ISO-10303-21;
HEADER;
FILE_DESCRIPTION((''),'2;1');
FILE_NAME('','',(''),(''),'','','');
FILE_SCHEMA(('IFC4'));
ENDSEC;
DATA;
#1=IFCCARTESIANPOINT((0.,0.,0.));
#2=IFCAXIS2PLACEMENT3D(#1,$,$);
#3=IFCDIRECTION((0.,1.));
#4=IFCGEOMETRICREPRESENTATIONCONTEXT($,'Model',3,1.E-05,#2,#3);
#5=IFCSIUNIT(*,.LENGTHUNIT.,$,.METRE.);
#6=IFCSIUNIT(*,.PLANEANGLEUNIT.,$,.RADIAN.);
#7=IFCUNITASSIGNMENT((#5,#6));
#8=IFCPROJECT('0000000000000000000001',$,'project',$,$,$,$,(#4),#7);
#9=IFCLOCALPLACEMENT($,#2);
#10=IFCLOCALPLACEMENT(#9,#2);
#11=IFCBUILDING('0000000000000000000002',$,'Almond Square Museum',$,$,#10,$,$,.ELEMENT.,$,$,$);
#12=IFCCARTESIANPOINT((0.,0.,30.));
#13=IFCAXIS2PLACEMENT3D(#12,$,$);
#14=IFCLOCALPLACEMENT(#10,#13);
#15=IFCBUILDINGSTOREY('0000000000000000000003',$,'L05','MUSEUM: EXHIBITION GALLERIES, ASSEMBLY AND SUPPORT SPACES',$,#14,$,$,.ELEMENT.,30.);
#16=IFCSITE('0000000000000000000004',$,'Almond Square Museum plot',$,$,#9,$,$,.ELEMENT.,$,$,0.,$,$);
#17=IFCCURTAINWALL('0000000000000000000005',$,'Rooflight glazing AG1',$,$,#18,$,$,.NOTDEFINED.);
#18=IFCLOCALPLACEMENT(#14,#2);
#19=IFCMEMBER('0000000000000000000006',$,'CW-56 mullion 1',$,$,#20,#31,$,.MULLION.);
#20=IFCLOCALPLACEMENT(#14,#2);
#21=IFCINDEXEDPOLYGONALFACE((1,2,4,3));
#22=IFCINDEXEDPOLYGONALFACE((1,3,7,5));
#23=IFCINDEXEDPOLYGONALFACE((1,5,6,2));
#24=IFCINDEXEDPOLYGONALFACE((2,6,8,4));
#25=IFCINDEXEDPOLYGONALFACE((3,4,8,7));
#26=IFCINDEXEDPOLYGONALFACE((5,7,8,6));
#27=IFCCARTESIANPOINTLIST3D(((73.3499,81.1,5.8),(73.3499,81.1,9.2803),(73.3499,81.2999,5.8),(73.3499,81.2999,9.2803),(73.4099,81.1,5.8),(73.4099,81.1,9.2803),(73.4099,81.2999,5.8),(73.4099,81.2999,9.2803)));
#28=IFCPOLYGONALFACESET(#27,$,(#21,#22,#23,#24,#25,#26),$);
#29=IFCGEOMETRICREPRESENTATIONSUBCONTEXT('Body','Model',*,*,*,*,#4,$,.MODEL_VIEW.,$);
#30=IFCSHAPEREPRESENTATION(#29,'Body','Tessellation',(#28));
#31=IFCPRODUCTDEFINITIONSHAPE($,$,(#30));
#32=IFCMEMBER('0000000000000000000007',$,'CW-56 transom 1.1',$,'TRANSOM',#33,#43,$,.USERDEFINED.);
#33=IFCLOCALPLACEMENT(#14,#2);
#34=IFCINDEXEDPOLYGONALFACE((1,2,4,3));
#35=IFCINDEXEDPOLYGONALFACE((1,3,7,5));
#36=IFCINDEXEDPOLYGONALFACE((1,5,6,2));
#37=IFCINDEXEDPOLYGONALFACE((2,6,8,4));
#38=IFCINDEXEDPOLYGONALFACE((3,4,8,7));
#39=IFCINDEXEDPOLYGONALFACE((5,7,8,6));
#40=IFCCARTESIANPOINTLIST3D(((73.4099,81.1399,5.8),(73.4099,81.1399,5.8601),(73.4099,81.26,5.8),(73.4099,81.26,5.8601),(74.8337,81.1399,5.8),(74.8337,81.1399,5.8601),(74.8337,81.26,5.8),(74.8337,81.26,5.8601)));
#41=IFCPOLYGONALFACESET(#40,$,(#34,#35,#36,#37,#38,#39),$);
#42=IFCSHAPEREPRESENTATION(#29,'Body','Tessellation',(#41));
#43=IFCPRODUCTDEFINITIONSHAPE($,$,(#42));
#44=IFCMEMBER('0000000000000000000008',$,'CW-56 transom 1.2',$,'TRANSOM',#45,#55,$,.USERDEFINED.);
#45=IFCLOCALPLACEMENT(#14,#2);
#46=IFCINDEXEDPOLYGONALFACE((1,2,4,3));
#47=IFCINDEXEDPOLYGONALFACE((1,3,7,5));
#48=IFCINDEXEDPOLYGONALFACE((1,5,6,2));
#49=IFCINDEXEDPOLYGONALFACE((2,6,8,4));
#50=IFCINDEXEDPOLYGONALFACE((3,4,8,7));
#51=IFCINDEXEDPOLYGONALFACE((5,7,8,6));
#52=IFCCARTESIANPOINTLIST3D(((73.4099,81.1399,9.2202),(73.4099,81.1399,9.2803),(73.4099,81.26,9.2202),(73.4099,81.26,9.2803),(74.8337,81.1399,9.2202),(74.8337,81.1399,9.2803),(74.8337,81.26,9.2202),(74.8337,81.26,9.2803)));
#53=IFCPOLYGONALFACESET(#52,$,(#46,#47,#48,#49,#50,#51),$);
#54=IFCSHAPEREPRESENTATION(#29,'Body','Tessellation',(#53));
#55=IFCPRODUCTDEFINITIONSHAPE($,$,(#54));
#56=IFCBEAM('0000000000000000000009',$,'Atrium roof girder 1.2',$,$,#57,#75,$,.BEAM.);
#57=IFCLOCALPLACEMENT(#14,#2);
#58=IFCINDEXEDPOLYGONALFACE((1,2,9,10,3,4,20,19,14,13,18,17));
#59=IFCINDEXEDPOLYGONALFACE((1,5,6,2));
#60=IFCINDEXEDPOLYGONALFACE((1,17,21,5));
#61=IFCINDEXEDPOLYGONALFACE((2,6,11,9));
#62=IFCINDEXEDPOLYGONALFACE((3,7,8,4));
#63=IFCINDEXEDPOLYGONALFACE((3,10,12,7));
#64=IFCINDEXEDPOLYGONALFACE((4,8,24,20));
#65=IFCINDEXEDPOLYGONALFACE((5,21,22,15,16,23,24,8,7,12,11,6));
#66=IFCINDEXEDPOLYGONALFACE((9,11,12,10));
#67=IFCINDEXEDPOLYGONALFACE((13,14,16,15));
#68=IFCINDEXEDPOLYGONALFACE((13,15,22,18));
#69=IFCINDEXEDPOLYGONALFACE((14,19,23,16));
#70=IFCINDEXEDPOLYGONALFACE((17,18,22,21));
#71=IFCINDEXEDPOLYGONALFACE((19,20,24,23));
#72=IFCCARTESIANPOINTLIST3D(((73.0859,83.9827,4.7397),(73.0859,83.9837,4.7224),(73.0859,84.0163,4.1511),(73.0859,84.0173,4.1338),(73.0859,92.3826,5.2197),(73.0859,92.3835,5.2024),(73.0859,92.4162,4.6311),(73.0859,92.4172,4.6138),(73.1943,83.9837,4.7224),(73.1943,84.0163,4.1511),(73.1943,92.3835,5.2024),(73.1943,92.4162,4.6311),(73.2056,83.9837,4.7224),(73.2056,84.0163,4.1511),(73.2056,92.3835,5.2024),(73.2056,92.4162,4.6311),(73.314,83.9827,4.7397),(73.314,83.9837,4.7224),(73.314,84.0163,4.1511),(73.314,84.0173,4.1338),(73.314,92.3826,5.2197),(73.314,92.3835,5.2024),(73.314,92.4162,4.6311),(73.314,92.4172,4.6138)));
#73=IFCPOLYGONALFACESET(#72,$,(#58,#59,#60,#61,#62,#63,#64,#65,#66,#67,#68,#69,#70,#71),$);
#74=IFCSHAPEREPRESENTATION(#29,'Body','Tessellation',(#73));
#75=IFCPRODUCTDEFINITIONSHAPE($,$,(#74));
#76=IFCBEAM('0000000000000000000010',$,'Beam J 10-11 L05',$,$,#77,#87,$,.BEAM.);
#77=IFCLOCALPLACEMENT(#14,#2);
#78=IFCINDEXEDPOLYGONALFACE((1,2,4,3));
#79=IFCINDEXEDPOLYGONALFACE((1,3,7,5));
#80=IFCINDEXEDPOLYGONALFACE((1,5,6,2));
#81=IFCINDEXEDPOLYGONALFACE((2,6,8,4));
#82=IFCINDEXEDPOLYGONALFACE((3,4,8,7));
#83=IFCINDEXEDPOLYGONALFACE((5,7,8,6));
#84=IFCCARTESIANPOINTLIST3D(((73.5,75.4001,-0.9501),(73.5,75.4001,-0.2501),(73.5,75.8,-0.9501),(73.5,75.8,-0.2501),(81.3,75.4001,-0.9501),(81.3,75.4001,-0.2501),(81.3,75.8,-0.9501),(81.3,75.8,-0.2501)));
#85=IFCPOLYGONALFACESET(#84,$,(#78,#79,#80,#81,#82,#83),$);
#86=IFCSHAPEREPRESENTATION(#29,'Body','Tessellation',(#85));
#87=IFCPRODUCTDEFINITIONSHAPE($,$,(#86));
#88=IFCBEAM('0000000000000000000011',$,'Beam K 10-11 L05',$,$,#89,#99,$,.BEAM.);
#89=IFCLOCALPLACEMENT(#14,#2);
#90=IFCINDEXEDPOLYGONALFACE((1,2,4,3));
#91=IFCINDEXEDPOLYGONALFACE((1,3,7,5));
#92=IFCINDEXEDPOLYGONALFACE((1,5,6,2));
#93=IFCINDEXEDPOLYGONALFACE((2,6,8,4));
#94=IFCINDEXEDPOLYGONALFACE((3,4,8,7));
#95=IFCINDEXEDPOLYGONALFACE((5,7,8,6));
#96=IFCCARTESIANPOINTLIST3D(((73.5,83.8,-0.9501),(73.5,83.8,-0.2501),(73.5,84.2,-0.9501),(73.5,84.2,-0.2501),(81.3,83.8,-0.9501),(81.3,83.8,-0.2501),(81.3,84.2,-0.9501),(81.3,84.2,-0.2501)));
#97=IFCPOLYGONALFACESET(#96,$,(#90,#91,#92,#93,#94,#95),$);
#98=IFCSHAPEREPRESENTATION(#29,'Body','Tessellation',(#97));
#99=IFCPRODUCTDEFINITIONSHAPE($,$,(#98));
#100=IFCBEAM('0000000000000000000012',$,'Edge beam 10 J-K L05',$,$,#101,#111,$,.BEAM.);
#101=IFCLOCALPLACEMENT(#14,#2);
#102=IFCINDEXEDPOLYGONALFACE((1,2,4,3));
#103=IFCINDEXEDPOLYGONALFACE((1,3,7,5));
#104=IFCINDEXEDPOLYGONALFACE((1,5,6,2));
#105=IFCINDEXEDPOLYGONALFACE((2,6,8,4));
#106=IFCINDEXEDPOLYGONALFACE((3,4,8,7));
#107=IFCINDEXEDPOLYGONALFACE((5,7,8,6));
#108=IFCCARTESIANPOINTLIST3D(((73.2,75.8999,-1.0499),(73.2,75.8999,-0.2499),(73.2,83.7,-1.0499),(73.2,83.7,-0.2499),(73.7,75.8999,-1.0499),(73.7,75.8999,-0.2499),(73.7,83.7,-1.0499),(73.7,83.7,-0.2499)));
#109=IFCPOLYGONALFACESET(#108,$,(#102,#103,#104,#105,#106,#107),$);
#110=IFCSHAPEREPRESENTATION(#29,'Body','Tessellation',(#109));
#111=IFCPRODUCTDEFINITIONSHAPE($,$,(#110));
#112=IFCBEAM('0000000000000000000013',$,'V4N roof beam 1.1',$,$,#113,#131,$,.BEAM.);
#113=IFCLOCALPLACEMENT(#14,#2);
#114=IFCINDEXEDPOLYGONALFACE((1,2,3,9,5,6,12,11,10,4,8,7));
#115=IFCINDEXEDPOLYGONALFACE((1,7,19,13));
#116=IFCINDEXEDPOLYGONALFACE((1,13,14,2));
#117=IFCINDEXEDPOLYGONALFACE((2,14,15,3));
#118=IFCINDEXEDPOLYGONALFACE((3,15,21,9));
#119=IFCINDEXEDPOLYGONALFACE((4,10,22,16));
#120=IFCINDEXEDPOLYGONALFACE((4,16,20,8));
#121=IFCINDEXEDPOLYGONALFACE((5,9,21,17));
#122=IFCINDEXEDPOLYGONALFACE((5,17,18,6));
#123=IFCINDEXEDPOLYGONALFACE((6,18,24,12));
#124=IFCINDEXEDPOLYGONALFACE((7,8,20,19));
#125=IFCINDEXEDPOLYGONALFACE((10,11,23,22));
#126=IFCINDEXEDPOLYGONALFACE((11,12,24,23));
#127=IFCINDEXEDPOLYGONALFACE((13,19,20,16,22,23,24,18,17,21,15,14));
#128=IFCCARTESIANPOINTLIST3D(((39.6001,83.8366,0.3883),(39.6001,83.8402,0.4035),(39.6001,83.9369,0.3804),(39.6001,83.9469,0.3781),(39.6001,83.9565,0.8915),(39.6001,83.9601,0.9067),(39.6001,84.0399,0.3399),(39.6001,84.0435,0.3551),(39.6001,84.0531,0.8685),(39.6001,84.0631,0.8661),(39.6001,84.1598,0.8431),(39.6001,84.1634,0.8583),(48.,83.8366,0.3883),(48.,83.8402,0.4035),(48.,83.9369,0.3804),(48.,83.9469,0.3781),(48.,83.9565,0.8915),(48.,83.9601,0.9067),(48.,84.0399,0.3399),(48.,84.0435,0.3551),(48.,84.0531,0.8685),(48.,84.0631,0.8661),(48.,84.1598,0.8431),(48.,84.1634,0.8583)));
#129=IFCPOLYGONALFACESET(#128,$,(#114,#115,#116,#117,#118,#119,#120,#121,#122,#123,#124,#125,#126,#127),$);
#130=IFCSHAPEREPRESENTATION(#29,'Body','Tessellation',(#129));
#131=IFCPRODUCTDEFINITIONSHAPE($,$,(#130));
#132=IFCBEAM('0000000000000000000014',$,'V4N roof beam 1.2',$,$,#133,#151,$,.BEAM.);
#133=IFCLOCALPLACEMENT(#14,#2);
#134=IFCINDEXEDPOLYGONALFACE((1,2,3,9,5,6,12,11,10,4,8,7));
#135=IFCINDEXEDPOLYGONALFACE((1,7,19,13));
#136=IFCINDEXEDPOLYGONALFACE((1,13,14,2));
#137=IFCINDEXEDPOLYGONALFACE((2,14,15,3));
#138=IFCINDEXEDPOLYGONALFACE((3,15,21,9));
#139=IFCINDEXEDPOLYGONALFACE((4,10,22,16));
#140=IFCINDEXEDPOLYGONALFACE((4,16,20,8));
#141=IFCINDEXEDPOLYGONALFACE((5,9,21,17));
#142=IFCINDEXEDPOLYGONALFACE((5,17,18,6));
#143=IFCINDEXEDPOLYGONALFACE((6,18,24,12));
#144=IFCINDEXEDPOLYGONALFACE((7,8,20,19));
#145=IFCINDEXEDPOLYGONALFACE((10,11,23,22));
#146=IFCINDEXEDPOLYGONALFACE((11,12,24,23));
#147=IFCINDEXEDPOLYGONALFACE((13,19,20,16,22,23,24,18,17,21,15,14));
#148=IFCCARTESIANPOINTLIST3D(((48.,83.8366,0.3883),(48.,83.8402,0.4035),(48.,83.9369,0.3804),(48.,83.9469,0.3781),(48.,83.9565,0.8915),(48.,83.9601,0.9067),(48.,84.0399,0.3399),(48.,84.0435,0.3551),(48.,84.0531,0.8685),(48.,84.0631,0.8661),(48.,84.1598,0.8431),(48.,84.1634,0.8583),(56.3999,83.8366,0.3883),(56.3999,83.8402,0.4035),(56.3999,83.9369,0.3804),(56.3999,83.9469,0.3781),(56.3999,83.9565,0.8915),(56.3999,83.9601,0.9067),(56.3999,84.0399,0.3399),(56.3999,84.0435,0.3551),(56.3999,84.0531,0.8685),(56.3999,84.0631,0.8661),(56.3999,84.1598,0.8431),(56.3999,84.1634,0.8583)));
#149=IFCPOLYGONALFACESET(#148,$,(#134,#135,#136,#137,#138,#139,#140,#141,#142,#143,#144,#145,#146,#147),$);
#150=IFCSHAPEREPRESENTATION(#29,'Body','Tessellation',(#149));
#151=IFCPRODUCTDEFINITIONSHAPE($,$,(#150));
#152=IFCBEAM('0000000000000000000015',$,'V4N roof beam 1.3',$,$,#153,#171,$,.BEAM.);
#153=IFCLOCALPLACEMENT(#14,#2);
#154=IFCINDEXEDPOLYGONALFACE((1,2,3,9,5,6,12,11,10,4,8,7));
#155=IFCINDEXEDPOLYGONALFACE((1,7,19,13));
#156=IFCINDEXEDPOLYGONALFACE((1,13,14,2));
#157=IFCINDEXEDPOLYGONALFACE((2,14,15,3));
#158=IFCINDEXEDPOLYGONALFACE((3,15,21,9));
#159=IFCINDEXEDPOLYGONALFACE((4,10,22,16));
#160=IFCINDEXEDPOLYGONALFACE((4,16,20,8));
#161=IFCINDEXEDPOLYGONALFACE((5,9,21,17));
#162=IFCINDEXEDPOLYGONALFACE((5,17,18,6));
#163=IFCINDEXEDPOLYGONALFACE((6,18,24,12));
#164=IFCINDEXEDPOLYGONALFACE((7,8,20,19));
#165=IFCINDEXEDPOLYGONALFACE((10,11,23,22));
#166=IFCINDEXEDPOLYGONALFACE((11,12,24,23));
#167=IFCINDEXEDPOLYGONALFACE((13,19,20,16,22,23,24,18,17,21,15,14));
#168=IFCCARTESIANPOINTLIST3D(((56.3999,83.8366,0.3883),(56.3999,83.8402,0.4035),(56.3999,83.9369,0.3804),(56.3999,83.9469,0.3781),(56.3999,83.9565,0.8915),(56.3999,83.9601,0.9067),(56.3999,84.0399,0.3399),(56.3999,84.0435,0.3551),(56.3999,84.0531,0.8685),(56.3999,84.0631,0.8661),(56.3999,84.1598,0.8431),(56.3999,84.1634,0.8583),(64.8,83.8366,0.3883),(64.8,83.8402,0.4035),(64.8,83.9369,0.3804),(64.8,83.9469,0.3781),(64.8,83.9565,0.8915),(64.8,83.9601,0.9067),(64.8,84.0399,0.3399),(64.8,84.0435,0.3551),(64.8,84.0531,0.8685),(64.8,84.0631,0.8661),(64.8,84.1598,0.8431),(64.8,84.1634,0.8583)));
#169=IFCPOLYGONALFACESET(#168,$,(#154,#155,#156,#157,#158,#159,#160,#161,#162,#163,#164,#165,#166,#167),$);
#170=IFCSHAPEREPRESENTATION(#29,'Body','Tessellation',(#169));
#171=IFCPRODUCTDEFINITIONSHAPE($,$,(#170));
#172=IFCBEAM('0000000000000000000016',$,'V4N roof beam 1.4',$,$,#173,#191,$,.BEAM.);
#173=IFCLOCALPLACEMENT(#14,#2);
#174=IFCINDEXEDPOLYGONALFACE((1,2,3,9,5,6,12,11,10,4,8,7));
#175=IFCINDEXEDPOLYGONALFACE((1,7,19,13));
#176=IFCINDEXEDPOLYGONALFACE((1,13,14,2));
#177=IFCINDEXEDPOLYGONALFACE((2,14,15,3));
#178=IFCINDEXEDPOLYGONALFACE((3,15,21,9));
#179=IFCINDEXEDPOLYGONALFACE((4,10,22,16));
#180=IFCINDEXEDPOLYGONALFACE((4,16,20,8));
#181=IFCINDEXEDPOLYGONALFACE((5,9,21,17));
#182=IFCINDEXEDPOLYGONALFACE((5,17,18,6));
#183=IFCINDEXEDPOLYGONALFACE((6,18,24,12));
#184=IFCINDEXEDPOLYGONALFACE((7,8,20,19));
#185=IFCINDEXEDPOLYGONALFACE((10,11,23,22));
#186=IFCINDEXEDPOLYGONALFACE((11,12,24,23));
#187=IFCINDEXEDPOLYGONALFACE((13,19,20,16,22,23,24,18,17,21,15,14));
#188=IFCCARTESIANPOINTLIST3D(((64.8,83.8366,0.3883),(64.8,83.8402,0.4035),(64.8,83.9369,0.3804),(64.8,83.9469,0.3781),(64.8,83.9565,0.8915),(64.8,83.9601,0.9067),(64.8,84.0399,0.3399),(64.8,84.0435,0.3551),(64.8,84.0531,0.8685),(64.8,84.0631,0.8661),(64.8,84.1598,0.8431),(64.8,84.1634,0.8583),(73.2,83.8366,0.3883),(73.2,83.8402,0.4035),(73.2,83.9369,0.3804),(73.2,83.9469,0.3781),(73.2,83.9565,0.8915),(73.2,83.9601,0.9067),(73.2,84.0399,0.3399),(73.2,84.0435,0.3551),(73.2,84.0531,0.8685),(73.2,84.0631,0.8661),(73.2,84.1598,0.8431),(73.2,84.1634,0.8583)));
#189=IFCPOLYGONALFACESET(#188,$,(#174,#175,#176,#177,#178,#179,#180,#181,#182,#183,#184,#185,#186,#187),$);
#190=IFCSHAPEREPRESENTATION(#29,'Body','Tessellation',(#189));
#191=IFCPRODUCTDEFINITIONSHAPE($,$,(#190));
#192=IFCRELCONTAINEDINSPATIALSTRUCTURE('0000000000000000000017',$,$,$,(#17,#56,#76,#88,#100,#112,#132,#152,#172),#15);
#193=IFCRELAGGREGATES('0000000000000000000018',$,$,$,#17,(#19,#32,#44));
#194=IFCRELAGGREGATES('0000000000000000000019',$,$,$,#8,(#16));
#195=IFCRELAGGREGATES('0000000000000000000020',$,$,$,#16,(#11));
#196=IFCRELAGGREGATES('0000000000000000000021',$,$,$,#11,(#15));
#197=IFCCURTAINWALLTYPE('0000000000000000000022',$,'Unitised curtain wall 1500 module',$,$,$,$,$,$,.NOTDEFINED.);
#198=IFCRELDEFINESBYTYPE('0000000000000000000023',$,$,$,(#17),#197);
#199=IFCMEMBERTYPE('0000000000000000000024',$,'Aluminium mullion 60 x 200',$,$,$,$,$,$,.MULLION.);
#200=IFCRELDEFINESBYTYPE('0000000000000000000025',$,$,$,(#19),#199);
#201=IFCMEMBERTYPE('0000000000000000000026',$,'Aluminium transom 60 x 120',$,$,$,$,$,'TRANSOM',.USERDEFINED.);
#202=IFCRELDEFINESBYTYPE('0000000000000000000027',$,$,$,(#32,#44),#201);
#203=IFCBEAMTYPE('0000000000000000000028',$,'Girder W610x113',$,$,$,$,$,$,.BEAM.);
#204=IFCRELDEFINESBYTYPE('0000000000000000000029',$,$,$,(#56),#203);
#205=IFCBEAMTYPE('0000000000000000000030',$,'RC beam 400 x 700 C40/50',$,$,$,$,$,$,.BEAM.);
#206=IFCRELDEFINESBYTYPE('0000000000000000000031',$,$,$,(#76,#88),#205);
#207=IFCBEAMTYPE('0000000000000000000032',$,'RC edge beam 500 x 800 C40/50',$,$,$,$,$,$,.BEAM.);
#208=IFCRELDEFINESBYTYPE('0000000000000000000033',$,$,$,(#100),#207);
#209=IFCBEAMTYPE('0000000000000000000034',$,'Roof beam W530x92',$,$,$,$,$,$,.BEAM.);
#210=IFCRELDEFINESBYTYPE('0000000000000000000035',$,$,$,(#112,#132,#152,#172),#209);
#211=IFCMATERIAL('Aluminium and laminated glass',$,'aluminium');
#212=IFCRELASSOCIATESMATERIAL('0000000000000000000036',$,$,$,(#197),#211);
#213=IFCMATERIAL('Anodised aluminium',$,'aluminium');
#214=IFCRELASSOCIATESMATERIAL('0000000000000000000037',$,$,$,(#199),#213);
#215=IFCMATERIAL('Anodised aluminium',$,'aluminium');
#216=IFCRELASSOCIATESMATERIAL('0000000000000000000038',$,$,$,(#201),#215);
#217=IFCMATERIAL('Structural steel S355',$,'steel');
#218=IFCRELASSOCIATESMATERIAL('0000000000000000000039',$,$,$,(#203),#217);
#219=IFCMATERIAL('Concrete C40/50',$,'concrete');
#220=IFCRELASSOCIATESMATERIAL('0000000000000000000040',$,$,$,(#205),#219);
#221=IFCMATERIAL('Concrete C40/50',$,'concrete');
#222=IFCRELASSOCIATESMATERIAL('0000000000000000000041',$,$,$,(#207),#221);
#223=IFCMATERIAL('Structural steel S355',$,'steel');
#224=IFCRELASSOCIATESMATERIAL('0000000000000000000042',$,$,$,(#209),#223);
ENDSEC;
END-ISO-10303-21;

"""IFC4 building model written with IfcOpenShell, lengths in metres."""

from ifc_helpers import new_model, si_unit, direction, frame, origin, origin_2d, place, context, subcontext, project, spatial, rectangle, i_section, extrude, material, material_profile, profile_set, type_object, element, aggregate, save


model = new_model("IFC4")

# Units and contexts
model_context = context("Model", 3, precision=1e-05, world=origin(), true_north=direction((0.0, 1.0)))
body_context = subcontext(model_context, "Body", "Model", "MODEL_VIEW")
ifc_project = project(units=[si_unit("LENGTHUNIT", "METRE"), si_unit("PLANEANGLEUNIT", "RADIAN")], contexts=[model_context])

# Site, building, storey
site_placement = place(None, origin())
site = spatial("IfcSite", under=ifc_project, at=site_placement, Name="Almond Square Museum plot", CompositionType="ELEMENT", RefElevation=0.0)
building_placement = place(site_placement, origin())
building = spatial("IfcBuilding", under=site, at=building_placement, Name="Almond Square Museum", CompositionType="ELEMENT")
storey_placement = place(building_placement, frame((0.0, 0.0, 30.0)))
storey = spatial("IfcBuildingStorey", under=building, at=storey_placement, Name="L05", Description="MUSEUM: EXHIBITION GALLERIES, ASSEMBLY AND SUPPORT SPACES", CompositionType="ELEMENT", Elevation=30.0)

# Curtain wall, members
ifc_material_1 = material(Name="Aluminium and laminated glass", Category="aluminium")
curtain_wall_type = type_object("IfcCurtainWallType", Name="Unitised curtain wall 1500 module", PredefinedType="NOTDEFINED", material=ifc_material_1)
curtain_wall_placement = place(storey_placement, origin())
curtain_wall = element("IfcCurtainWall", 1, at=curtain_wall_placement, inside=storey, type_object=curtain_wall_type, Name="Rooflight glazing AG1", PredefinedType="NOTDEFINED")
ifc_material_2 = material(Name="Anodised aluminium", Category="aluminium")
ifc_material_profile_1 = material_profile(ifc_material_2, rectangle(XDim=0.2, YDim=0.0601, at=origin_2d()))
ifc_profile_set_1 = profile_set([ifc_material_profile_1], Name="Anodised aluminium")
member_type_1 = type_object("IfcMemberType", Name="Aluminium mullion 60 x 200", PredefinedType="MULLION", material=ifc_profile_set_1)
member_1_placement = place(storey_placement, frame((73.3799, 81.2, 5.8), z_axis=(0.0, 0.0, 1.0), x_axis=(0.0, 1.0, 0.0)))
member_1 = element("IfcMember", 2, at=member_1_placement, type_object=member_type_1, Name="CW-56 mullion 1", PredefinedType="MULLION", context=body_context, shape_type="SweptSolid", body=[
    extrude(rectangle(XDim=0.2, YDim=0.0601, at=origin_2d()), origin(), (0.0, 0.0, 1.0), 3.4802),
])
ifc_material_3 = material(Name="Anodised aluminium", Category="aluminium")
ifc_material_profile_2 = material_profile(ifc_material_3, rectangle(XDim=0.1201, YDim=0.0601, at=origin_2d()))
ifc_profile_set_2 = profile_set([ifc_material_profile_2], Name="Anodised aluminium")
member_type_2 = type_object("IfcMemberType", Name="Aluminium transom 60 x 120", ElementType="TRANSOM", PredefinedType="USERDEFINED", material=ifc_profile_set_2)
member_2_placement = place(storey_placement, frame((73.4099, 81.2, 5.8301), z_axis=(1.0, 0.0, 0.0), x_axis=(0.0, 1.0, 0.0)))
member_2 = element("IfcMember", 3, at=member_2_placement, type_object=member_type_2, Name="CW-56 transom 1.1", ObjectType="TRANSOM", PredefinedType="USERDEFINED", context=body_context, shape_type="SweptSolid", body=[
    extrude(rectangle(XDim=0.1201, YDim=0.0601, at=origin_2d()), origin(), (0.0, 0.0, 1.0), 1.4238),
])
member_3_placement = place(storey_placement, frame((73.4099, 81.2, 9.2502), z_axis=(1.0, 0.0, 0.0), x_axis=(0.0, 1.0, 0.0)))
member_3 = element("IfcMember", 4, at=member_3_placement, type_object=member_type_2, Name="CW-56 transom 1.2", ObjectType="TRANSOM", PredefinedType="USERDEFINED", context=body_context, shape_type="SweptSolid", body=[
    extrude(rectangle(XDim=0.1201, YDim=0.0601, at=origin_2d()), origin(), (0.0, 0.0, 1.0), 1.4238),
])
aggregate(curtain_wall, [member_1, member_2, member_3])

# Beams
ifc_material_4 = material(Name="Structural steel S355", Category="steel")
ifc_material_profile_3 = material_profile(ifc_material_4, i_section(OverallWidth=0.228, OverallDepth=0.6069, WebThickness=0.0112, FlangeThickness=0.0173, at=origin_2d()))
ifc_profile_set_3 = profile_set([ifc_material_profile_3], Name="Structural steel S355")
beam_type_1 = type_object("IfcBeamType", Name="Girder W610x113", PredefinedType="BEAM", material=ifc_profile_set_3)
beam_1_placement = place(storey_placement, frame((73.2, 84.0, 4.4368), z_axis=(0.0, 0.998371, 0.057048), x_axis=(-1.0, 0.0, 0.0)))
element("IfcBeam", 5, at=beam_1_placement, inside=storey, type_object=beam_type_1, Name="Atrium roof girder 1.2", PredefinedType="BEAM", context=body_context, shape_type="SweptSolid", body=[
    extrude(i_section(OverallWidth=0.228, OverallDepth=0.6069, WebThickness=0.0112, FlangeThickness=0.0173, at=origin_2d()), origin(), (0.0, 0.0, 1.0), 8.4136),
])
ifc_material_5 = material(Name="Concrete C40/50", Category="concrete")
ifc_material_profile_4 = material_profile(ifc_material_5, rectangle(XDim=0.3999, YDim=0.7, at=origin_2d()))
ifc_profile_set_4 = profile_set([ifc_material_profile_4], Name="Concrete C40/50")
beam_type_2 = type_object("IfcBeamType", Name="RC beam 400 x 700 C40/50", PredefinedType="BEAM", material=ifc_profile_set_4)
for number, where, z_axis, x_axis, name in (
    (6, (73.5, 75.6001, -0.6001), (1.0, 0.0, 0.0), (0.0, 1.0, 0.0), "Beam J 10-11 L05"),
    (7, (73.5, 84.0, -0.6001), (1.0, 0.0, 0.0), (0.0, 1.0, 0.0), "Beam K 10-11 L05"),
):
    element("IfcBeam", number, at=place(storey_placement, frame(where, z_axis=z_axis, x_axis=x_axis)), inside=storey, type_object=beam_type_2, Name=name, PredefinedType="BEAM", context=body_context, shape_type="SweptSolid", body=[
        extrude(rectangle(XDim=0.3999, YDim=0.7, at=origin_2d()), origin(), (0.0, 0.0, 1.0), 7.8),
    ])
ifc_material_6 = material(Name="Concrete C40/50", Category="concrete")
ifc_material_profile_5 = material_profile(ifc_material_6, rectangle(XDim=0.5, YDim=0.8, at=origin_2d()))
ifc_profile_set_5 = profile_set([ifc_material_profile_5], Name="Concrete C40/50")
beam_type_3 = type_object("IfcBeamType", Name="RC edge beam 500 x 800 C40/50", PredefinedType="BEAM", material=ifc_profile_set_5)
beam_2_placement = place(storey_placement, frame((73.45, 75.8999, -0.6499), z_axis=(0.0, 1.0, 0.0), x_axis=(-1.0, 0.0, 0.0)))
element("IfcBeam", 8, at=beam_2_placement, inside=storey, type_object=beam_type_3, Name="Edge beam 10 J-K L05", PredefinedType="BEAM", context=body_context, shape_type="SweptSolid", body=[
    extrude(rectangle(XDim=0.5, YDim=0.8, at=origin_2d()), origin(), (0.0, 0.0, 1.0), 7.8),
])
ifc_material_7 = material(Name="Structural steel S355", Category="steel")
ifc_material_profile_6 = material_profile(ifc_material_7, i_section(OverallWidth=0.209, OverallDepth=0.533, WebThickness=0.0103, FlangeThickness=0.0156, at=origin_2d()))
ifc_profile_set_6 = profile_set([ifc_material_profile_6], Name="Structural steel S355")
beam_type_4 = type_object("IfcBeamType", Name="Roof beam W530x92", PredefinedType="BEAM", material=ifc_profile_set_6)
for number, where, z_axis, x_axis, name in (
    (9, (39.6001, 84.0, 0.6233), (1.0, 0.0, 0.0), (0.0, 0.972806, -0.231621), "V4N roof beam 1.1"),
    (10, (48.0, 84.0, 0.6233), (1.0, 0.0, 0.0), (0.0, 0.972806, -0.231621), "V4N roof beam 1.2"),
):
    element("IfcBeam", number, at=place(storey_placement, frame(where, z_axis=z_axis, x_axis=x_axis)), inside=storey, type_object=beam_type_4, Name=name, PredefinedType="BEAM", context=body_context, shape_type="SweptSolid", body=[
        extrude(i_section(OverallWidth=0.209, OverallDepth=0.533, WebThickness=0.0103, FlangeThickness=0.0156, at=origin_2d()), origin(), (0.0, 0.0, 1.0), 8.3999),
    ])
beam_3_placement = place(storey_placement, frame((56.3999, 84.0, 0.6233), z_axis=(1.0, 0.0, 0.0), x_axis=(0.0, 0.972806, -0.231621)))
element("IfcBeam", 11, at=beam_3_placement, inside=storey, type_object=beam_type_4, Name="V4N roof beam 1.3", PredefinedType="BEAM", context=body_context, shape_type="SweptSolid", body=[
    extrude(i_section(OverallWidth=0.209, OverallDepth=0.533, WebThickness=0.0103, FlangeThickness=0.0156, at=origin_2d()), origin(), (0.0, 0.0, 1.0), 8.4001),
])
beam_4_placement = place(storey_placement, frame((64.8, 84.0, 0.6233), z_axis=(1.0, 0.0, 0.0), x_axis=(0.0, 0.972806, -0.231621)))
element("IfcBeam", 12, at=beam_4_placement, inside=storey, type_object=beam_type_4, Name="V4N roof beam 1.4", PredefinedType="BEAM", context=body_context, shape_type="SweptSolid", body=[
    extrude(i_section(OverallWidth=0.209, OverallDepth=0.533, WebThickness=0.0103, FlangeThickness=0.0156, at=origin_2d()), origin(), (0.0, 0.0, 1.0), 8.3999),
])

save(model, "model.ifc")
